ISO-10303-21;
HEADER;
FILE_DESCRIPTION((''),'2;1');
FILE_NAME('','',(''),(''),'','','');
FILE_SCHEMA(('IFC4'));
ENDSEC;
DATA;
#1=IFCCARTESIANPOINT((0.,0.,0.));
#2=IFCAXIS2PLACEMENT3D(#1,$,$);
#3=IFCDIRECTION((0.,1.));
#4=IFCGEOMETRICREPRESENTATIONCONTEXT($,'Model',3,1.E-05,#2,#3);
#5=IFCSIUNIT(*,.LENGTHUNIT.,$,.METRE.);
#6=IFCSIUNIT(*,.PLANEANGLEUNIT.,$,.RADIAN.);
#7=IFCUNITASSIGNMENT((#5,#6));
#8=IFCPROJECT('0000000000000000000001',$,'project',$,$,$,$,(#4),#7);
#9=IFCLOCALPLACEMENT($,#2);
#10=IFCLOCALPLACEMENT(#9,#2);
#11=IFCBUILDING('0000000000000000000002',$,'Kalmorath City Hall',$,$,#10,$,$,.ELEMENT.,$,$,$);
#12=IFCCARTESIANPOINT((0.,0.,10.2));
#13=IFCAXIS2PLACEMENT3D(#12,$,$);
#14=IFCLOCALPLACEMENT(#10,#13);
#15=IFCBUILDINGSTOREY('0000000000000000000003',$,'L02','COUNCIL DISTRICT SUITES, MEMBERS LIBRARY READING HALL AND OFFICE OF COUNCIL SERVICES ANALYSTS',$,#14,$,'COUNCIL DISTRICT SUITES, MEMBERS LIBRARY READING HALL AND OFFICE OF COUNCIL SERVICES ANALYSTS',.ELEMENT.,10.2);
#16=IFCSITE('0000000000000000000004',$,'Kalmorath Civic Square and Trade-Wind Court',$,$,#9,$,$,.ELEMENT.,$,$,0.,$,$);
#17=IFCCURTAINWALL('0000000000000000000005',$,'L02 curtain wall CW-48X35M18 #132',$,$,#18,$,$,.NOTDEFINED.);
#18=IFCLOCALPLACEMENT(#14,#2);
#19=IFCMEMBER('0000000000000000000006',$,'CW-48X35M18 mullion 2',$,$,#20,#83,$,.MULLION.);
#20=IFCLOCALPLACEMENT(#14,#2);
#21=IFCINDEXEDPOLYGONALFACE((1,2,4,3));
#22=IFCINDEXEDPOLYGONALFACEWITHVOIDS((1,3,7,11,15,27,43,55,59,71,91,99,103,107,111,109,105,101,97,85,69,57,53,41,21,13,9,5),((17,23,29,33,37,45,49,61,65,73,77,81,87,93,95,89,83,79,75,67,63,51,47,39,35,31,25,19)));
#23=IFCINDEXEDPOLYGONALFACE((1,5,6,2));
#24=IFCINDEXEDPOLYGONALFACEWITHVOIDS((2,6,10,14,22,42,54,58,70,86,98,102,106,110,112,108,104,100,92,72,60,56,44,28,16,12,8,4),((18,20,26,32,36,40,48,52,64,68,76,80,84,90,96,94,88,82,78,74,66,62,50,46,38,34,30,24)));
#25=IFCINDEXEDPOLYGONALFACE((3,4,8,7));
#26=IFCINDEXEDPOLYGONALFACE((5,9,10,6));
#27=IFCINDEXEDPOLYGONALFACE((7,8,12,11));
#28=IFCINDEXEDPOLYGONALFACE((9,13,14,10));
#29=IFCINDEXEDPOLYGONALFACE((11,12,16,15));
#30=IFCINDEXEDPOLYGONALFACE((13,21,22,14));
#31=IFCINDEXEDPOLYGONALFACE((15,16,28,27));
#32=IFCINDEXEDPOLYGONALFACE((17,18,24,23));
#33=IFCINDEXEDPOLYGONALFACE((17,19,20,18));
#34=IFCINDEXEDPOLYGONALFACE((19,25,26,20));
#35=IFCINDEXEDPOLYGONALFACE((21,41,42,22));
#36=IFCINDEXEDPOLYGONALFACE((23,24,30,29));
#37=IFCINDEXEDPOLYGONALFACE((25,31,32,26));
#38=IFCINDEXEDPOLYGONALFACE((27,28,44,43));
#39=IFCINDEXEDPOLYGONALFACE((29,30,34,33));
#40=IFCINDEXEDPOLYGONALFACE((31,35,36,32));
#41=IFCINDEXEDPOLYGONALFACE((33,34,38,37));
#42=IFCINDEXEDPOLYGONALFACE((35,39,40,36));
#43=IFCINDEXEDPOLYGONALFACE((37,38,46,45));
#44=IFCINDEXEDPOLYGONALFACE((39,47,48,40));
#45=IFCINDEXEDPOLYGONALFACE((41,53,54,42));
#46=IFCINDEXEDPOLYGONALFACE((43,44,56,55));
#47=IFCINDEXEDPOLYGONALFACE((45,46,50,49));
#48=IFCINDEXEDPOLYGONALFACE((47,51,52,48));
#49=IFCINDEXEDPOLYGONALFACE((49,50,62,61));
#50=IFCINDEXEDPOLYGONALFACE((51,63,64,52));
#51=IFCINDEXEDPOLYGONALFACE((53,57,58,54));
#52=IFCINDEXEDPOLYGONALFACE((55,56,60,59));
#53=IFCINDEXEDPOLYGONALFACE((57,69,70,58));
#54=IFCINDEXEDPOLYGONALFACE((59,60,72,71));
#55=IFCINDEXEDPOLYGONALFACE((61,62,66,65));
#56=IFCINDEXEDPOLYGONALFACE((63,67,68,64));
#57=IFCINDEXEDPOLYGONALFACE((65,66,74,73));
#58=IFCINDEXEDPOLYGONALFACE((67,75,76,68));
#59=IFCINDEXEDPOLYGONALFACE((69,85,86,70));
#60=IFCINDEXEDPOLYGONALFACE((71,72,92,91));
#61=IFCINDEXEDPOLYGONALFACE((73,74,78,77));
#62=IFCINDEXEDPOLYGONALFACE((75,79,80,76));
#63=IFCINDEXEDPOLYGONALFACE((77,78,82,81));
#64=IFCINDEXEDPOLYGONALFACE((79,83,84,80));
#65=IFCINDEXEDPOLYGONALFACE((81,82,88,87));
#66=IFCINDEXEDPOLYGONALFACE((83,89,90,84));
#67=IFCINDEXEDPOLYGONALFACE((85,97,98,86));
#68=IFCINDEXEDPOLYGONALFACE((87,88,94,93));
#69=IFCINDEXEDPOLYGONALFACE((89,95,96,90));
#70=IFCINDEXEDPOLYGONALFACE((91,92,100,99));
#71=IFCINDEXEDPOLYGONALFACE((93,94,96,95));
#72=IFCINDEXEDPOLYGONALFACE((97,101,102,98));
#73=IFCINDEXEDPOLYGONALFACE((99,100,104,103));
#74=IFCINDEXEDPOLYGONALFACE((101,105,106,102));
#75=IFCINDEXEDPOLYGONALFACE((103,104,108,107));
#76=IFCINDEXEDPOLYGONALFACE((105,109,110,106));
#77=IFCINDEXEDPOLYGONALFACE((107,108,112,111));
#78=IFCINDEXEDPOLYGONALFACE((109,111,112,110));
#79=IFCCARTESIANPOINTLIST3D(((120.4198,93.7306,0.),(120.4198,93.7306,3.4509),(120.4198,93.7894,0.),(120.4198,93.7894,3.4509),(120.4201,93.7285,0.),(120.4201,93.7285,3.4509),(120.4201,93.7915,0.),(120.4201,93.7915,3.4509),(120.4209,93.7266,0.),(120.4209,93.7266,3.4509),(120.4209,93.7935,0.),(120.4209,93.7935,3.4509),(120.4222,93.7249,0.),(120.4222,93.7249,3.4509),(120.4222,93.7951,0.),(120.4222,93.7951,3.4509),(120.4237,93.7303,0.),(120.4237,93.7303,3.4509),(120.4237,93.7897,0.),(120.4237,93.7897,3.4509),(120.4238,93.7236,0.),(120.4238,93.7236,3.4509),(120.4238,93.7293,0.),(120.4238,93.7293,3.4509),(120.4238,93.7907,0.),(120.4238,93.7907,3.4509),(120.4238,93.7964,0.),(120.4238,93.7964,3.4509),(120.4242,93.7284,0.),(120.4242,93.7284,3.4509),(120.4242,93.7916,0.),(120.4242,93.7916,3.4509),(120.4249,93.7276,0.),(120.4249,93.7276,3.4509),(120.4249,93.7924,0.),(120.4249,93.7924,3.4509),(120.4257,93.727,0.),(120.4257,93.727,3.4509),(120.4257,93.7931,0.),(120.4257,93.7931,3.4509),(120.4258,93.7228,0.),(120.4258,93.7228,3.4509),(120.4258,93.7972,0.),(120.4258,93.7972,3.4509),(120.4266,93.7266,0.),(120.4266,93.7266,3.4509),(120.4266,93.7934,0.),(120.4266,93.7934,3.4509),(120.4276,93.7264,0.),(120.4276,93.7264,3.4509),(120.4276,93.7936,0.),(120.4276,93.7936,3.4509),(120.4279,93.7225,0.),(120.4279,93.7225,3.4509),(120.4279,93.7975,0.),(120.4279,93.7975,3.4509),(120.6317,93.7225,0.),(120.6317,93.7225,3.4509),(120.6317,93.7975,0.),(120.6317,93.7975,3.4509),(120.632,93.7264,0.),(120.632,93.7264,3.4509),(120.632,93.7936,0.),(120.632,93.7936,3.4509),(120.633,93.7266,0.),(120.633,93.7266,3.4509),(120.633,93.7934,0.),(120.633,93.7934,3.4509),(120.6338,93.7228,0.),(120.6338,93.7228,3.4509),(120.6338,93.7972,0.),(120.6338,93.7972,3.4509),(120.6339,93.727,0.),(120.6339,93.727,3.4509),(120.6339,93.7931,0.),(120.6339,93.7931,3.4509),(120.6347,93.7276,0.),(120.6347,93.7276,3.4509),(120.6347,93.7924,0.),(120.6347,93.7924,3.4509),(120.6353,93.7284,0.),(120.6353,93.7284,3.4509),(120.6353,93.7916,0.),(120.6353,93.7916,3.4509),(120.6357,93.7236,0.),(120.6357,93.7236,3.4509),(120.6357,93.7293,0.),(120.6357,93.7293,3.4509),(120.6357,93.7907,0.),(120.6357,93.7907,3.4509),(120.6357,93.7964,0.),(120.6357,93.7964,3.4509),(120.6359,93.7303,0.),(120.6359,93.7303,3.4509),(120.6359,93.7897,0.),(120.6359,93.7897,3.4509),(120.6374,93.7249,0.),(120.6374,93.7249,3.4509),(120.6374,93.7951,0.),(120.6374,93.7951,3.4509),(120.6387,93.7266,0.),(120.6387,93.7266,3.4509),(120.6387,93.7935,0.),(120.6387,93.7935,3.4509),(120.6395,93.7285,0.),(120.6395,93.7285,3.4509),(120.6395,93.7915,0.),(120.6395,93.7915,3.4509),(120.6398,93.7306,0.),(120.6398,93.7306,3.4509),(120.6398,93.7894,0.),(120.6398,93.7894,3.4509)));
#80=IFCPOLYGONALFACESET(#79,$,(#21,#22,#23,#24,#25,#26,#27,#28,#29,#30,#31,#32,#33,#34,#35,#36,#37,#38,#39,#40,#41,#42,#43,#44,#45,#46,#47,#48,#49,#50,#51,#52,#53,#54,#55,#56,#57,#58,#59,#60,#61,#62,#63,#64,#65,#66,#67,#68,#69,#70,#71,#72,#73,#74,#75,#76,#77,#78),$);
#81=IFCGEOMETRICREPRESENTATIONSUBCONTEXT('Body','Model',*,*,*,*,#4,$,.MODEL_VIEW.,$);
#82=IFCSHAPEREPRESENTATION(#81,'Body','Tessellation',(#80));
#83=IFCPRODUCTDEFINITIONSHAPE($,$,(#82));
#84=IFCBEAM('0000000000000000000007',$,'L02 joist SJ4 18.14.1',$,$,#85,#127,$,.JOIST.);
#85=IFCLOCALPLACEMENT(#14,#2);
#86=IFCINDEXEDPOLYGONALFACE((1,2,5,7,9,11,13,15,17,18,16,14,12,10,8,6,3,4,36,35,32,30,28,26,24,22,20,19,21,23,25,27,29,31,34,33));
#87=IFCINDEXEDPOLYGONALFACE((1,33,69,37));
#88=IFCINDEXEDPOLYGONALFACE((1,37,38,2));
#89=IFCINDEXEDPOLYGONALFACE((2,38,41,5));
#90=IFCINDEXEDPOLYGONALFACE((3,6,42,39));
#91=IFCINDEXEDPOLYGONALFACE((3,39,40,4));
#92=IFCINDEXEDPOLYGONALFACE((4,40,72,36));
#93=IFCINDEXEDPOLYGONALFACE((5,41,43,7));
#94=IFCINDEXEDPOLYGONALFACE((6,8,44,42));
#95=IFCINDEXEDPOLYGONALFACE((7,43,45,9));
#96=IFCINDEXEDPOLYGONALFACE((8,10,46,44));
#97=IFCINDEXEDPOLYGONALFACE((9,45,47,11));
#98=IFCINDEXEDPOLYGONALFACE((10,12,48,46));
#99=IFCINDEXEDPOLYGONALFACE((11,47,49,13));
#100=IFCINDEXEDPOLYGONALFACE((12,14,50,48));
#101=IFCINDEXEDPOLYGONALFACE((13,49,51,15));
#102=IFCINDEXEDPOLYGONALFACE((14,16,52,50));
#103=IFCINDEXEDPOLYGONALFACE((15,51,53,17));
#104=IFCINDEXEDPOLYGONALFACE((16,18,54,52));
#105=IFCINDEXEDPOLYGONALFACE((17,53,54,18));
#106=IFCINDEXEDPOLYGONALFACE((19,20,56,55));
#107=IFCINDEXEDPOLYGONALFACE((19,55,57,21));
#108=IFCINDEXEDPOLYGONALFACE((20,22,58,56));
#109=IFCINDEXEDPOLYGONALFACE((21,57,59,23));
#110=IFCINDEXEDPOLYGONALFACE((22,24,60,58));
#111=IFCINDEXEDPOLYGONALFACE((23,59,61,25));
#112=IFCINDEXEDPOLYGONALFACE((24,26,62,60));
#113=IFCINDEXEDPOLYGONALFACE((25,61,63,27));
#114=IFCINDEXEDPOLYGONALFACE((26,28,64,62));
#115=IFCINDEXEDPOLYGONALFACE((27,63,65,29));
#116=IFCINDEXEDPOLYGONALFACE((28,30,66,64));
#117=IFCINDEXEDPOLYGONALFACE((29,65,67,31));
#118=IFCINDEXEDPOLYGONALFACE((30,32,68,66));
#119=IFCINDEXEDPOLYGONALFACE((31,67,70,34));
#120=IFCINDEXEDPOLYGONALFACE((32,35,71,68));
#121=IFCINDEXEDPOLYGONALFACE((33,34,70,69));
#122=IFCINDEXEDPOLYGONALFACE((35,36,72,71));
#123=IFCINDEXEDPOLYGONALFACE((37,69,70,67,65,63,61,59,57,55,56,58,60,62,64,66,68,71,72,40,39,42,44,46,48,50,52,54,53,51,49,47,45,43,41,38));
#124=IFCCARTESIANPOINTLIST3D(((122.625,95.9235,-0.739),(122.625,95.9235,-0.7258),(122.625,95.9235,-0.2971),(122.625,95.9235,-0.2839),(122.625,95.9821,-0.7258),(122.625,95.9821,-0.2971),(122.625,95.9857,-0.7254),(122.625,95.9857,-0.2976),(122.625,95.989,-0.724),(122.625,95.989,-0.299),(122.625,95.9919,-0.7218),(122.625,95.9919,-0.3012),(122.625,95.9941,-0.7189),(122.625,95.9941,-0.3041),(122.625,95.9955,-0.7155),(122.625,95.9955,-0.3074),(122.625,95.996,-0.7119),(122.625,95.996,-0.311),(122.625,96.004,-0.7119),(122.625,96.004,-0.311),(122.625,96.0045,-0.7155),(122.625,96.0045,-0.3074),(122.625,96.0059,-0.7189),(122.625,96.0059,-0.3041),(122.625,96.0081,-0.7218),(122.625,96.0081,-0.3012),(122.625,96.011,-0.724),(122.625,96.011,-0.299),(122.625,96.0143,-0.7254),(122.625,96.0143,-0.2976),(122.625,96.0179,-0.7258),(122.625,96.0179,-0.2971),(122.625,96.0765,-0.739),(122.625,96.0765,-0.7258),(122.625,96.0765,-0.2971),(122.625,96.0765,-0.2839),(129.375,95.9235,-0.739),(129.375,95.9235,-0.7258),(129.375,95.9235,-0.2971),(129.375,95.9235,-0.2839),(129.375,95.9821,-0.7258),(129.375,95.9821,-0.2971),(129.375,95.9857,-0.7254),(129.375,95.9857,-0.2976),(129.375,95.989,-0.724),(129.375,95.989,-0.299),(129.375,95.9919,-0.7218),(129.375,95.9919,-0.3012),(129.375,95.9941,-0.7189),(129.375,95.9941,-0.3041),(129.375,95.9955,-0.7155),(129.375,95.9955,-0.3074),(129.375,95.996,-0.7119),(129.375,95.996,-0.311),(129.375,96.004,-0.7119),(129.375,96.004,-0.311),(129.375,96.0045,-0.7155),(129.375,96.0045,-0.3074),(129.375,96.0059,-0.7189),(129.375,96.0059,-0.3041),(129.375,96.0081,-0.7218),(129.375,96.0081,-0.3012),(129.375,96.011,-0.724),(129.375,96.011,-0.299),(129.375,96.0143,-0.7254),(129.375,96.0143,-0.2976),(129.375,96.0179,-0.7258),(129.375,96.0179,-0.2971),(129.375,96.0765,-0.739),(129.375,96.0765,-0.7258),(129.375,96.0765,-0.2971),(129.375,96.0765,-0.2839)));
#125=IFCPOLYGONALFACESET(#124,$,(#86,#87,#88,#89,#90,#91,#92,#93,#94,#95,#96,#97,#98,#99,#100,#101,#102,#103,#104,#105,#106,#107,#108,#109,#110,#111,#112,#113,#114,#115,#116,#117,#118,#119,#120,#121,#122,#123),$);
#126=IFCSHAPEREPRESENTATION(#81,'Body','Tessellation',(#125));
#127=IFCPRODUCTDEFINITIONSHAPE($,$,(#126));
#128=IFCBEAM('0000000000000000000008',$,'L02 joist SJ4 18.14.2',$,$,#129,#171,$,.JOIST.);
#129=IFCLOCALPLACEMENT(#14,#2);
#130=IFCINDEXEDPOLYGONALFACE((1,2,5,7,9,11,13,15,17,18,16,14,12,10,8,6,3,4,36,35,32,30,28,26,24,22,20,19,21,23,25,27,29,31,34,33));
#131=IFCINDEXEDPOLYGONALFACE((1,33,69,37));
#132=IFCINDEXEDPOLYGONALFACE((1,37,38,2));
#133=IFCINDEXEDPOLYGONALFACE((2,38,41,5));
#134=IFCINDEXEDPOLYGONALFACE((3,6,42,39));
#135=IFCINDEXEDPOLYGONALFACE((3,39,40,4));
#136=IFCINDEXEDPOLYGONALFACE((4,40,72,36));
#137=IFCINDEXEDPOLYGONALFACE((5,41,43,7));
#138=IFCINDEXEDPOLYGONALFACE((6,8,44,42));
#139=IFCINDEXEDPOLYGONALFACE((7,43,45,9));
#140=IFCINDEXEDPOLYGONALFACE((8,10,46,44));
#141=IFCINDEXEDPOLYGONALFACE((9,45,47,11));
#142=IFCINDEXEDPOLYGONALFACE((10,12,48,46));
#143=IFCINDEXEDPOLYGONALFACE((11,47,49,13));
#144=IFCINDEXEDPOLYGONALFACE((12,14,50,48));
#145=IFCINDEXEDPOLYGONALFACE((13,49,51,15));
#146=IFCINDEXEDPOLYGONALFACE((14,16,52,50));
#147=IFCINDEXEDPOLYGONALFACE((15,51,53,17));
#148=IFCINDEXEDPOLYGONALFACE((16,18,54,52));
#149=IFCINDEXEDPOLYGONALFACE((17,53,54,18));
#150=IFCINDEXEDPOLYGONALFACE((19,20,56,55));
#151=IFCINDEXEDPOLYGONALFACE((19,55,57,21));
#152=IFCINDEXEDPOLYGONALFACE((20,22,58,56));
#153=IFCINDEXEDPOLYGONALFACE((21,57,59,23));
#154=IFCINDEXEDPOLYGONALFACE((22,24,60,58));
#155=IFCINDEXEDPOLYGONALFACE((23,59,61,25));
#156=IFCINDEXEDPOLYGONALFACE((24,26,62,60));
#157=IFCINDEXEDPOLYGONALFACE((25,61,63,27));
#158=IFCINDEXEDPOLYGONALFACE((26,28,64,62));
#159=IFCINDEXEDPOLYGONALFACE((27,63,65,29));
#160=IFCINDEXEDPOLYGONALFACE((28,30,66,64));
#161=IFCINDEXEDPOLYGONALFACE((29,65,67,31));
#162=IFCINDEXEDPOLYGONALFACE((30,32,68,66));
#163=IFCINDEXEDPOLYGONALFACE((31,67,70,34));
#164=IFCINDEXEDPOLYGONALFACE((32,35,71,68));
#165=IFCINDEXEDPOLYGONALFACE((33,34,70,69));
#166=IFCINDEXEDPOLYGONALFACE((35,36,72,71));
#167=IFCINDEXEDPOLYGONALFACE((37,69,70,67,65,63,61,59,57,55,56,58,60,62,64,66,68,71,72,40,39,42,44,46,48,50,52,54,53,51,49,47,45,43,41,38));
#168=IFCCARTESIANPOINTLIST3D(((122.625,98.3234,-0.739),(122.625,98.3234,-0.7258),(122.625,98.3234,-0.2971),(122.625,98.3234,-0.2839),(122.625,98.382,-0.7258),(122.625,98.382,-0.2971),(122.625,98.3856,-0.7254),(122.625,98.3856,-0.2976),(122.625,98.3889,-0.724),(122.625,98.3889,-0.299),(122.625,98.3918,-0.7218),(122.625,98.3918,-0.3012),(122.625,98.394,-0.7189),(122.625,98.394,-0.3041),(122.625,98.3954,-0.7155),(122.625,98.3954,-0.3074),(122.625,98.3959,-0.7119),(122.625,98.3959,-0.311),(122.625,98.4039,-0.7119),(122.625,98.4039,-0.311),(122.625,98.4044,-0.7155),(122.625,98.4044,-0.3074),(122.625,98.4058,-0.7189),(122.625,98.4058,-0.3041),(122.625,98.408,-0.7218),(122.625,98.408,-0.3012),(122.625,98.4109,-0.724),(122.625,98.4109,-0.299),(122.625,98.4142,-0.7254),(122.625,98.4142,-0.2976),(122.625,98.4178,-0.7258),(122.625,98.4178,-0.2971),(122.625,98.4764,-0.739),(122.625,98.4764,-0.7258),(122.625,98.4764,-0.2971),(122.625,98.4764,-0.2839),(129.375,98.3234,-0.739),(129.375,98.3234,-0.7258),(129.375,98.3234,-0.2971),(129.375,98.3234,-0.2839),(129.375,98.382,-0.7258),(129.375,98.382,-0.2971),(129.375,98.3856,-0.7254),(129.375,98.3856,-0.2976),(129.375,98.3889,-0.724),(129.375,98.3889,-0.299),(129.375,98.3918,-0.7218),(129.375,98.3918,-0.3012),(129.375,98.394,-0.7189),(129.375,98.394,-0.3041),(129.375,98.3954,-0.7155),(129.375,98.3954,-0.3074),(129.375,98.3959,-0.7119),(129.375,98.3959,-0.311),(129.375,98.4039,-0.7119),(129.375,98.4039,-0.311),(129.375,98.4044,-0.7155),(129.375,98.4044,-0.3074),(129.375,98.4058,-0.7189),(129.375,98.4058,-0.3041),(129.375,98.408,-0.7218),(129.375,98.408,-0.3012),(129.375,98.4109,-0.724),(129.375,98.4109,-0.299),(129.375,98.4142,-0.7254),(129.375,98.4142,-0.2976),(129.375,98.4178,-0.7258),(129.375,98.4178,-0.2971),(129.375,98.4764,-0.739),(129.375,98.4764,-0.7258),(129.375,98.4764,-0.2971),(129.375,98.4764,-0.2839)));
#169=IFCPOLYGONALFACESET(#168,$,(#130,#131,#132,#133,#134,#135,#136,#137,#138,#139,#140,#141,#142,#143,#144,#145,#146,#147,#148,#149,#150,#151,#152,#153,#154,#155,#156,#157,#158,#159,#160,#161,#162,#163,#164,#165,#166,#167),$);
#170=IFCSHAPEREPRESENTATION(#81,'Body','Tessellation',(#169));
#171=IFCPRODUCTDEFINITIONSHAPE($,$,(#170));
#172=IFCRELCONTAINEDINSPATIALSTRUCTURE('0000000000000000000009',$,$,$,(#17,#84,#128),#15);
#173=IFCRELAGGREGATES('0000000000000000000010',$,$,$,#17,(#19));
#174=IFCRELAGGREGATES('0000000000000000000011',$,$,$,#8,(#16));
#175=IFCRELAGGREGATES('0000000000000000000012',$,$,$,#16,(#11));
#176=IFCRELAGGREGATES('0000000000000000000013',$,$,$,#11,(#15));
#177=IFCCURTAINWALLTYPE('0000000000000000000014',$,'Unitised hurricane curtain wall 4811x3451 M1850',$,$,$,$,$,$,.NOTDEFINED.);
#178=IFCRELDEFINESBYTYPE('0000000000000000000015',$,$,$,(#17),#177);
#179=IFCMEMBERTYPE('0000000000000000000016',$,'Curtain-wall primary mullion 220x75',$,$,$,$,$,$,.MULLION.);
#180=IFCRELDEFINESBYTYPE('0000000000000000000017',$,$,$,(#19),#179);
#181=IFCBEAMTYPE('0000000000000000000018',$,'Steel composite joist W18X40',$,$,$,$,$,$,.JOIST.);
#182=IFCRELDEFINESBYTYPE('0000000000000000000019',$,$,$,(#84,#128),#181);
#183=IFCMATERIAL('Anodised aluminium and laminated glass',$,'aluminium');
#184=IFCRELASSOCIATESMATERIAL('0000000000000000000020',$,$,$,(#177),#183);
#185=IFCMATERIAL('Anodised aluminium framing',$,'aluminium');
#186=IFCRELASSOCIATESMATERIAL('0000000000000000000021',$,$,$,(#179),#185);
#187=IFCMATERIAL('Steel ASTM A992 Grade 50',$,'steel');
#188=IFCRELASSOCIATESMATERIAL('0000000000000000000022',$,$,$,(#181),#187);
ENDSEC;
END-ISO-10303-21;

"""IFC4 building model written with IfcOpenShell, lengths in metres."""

from ifc_helpers import new_model, si_unit, direction, frame, origin, origin_2d, place, context, subcontext, project, spatial, hollow_rectangle, i_section, extrude, material, material_profile, profile_set, type_object, element, aggregate, save


model = new_model("IFC4")

# Units and contexts
model_context = context("Model", 3, precision=1e-05, world=origin(), true_north=direction((0.0, 1.0)))
body_context = subcontext(model_context, "Body", "Model", "MODEL_VIEW")
ifc_project = project(units=[si_unit("LENGTHUNIT", "METRE"), si_unit("PLANEANGLEUNIT", "RADIAN")], contexts=[model_context])

# Site, building, storey
site_placement = place(None, origin())
site = spatial("IfcSite", under=ifc_project, at=site_placement, Name="Kalmorath Civic Square and Trade-Wind Court", CompositionType="ELEMENT", RefElevation=0.0)
building_placement = place(site_placement, origin())
building = spatial("IfcBuilding", under=site, at=building_placement, Name="Kalmorath City Hall", CompositionType="ELEMENT")
storey_placement = place(building_placement, frame((0.0, 0.0, 10.2)))
storey = spatial("IfcBuildingStorey", under=building, at=storey_placement, Name="L02", Description="COUNCIL DISTRICT SUITES, MEMBERS LIBRARY READING HALL AND OFFICE OF COUNCIL SERVICES ANALYSTS", LongName="COUNCIL DISTRICT SUITES, MEMBERS LIBRARY READING HALL AND OFFICE OF COUNCIL SERVICES ANALYSTS", CompositionType="ELEMENT", Elevation=10.2)

# Curtain wall
ifc_material_1 = material(Name="Anodised aluminium and laminated glass", Category="aluminium")
curtain_wall_type_1 = type_object("IfcCurtainWallType", Name="Unitised hurricane curtain wall 4811x3451 M1850", PredefinedType="NOTDEFINED", material=ifc_material_1)
curtain_wall_1_placement = place(storey_placement, origin())
curtain_wall_1 = element("IfcCurtainWall", 1, at=curtain_wall_1_placement, inside=storey, type_object=curtain_wall_type_1, Name="L02 curtain wall CW-48X35M18 #132", PredefinedType="NOTDEFINED")

# Member
ifc_material_2 = material(Name="Anodised aluminium framing", Category="aluminium")
ifc_material_profile_1 = material_profile(ifc_material_2, hollow_rectangle(XDim=0.075, YDim=0.22, WallThickness=0.0039, InnerFilletRadius=0.0039, OuterFilletRadius=0.0081, at=origin_2d()), Name="ALU-MUL-220X75X4")
ifc_profile_set_1 = profile_set([ifc_material_profile_1], Name="Anodised aluminium framing")
member_type_1 = type_object("IfcMemberType", Name="Curtain-wall primary mullion 220x75", PredefinedType="MULLION", material=ifc_profile_set_1)
member_1_placement = place(storey_placement, frame((120.5298, 93.76, 0.0), z_axis=(0.0, 0.0, 1.0), x_axis=(0.0, -1.0, 0.0)))
member_1 = element("IfcMember", 2, at=member_1_placement, type_object=member_type_1, Name="CW-48X35M18 mullion 2", PredefinedType="MULLION", context=body_context, shape_type="SweptSolid", body=[
    extrude(hollow_rectangle(XDim=0.075, YDim=0.22, WallThickness=0.0039, InnerFilletRadius=0.0039, OuterFilletRadius=0.0081, at=origin_2d()), origin(), (0.0, 0.0, 1.0), 3.4509),
])

# Beams
ifc_material_3 = material(Name="Steel ASTM A992 Grade 50", Category="steel")
ifc_material_profile_2 = material_profile(ifc_material_3, i_section(OverallWidth=0.1531, OverallDepth=0.4551, WebThickness=0.0081, FlangeThickness=0.0132, FilletRadius=0.0139, at=origin_2d()), Name="W18X40")
ifc_profile_set_2 = profile_set([ifc_material_profile_2], Name="Steel ASTM A992 Grade 50")
beam_type_1 = type_object("IfcBeamType", Name="Steel composite joist W18X40", PredefinedType="JOIST", material=ifc_profile_set_2)
for number, where, z_axis, x_axis, name in (
    (3, (122.625, 96.0, -0.5115), (1.0, 0.0, 0.0), (0.0, 1.0, 0.0), "L02 joist SJ4 18.14.1"),
    (4, (122.625, 98.3999, -0.5115), (1.0, 0.0, 0.0), (0.0, 1.0, 0.0), "L02 joist SJ4 18.14.2"),
):
    element("IfcBeam", number, at=place(storey_placement, frame(where, z_axis=z_axis, x_axis=x_axis)), inside=storey, type_object=beam_type_1, Name=name, PredefinedType="JOIST", context=body_context, shape_type="SweptSolid", body=[
        extrude(i_section(OverallWidth=0.1531, OverallDepth=0.4551, WebThickness=0.0081, FlangeThickness=0.0132, FilletRadius=0.0139, at=origin_2d()), origin(), (0.0, 0.0, 1.0), 6.75),
    ])

aggregate(curtain_wall_1, [member_1])

save(model, "model.ifc")
